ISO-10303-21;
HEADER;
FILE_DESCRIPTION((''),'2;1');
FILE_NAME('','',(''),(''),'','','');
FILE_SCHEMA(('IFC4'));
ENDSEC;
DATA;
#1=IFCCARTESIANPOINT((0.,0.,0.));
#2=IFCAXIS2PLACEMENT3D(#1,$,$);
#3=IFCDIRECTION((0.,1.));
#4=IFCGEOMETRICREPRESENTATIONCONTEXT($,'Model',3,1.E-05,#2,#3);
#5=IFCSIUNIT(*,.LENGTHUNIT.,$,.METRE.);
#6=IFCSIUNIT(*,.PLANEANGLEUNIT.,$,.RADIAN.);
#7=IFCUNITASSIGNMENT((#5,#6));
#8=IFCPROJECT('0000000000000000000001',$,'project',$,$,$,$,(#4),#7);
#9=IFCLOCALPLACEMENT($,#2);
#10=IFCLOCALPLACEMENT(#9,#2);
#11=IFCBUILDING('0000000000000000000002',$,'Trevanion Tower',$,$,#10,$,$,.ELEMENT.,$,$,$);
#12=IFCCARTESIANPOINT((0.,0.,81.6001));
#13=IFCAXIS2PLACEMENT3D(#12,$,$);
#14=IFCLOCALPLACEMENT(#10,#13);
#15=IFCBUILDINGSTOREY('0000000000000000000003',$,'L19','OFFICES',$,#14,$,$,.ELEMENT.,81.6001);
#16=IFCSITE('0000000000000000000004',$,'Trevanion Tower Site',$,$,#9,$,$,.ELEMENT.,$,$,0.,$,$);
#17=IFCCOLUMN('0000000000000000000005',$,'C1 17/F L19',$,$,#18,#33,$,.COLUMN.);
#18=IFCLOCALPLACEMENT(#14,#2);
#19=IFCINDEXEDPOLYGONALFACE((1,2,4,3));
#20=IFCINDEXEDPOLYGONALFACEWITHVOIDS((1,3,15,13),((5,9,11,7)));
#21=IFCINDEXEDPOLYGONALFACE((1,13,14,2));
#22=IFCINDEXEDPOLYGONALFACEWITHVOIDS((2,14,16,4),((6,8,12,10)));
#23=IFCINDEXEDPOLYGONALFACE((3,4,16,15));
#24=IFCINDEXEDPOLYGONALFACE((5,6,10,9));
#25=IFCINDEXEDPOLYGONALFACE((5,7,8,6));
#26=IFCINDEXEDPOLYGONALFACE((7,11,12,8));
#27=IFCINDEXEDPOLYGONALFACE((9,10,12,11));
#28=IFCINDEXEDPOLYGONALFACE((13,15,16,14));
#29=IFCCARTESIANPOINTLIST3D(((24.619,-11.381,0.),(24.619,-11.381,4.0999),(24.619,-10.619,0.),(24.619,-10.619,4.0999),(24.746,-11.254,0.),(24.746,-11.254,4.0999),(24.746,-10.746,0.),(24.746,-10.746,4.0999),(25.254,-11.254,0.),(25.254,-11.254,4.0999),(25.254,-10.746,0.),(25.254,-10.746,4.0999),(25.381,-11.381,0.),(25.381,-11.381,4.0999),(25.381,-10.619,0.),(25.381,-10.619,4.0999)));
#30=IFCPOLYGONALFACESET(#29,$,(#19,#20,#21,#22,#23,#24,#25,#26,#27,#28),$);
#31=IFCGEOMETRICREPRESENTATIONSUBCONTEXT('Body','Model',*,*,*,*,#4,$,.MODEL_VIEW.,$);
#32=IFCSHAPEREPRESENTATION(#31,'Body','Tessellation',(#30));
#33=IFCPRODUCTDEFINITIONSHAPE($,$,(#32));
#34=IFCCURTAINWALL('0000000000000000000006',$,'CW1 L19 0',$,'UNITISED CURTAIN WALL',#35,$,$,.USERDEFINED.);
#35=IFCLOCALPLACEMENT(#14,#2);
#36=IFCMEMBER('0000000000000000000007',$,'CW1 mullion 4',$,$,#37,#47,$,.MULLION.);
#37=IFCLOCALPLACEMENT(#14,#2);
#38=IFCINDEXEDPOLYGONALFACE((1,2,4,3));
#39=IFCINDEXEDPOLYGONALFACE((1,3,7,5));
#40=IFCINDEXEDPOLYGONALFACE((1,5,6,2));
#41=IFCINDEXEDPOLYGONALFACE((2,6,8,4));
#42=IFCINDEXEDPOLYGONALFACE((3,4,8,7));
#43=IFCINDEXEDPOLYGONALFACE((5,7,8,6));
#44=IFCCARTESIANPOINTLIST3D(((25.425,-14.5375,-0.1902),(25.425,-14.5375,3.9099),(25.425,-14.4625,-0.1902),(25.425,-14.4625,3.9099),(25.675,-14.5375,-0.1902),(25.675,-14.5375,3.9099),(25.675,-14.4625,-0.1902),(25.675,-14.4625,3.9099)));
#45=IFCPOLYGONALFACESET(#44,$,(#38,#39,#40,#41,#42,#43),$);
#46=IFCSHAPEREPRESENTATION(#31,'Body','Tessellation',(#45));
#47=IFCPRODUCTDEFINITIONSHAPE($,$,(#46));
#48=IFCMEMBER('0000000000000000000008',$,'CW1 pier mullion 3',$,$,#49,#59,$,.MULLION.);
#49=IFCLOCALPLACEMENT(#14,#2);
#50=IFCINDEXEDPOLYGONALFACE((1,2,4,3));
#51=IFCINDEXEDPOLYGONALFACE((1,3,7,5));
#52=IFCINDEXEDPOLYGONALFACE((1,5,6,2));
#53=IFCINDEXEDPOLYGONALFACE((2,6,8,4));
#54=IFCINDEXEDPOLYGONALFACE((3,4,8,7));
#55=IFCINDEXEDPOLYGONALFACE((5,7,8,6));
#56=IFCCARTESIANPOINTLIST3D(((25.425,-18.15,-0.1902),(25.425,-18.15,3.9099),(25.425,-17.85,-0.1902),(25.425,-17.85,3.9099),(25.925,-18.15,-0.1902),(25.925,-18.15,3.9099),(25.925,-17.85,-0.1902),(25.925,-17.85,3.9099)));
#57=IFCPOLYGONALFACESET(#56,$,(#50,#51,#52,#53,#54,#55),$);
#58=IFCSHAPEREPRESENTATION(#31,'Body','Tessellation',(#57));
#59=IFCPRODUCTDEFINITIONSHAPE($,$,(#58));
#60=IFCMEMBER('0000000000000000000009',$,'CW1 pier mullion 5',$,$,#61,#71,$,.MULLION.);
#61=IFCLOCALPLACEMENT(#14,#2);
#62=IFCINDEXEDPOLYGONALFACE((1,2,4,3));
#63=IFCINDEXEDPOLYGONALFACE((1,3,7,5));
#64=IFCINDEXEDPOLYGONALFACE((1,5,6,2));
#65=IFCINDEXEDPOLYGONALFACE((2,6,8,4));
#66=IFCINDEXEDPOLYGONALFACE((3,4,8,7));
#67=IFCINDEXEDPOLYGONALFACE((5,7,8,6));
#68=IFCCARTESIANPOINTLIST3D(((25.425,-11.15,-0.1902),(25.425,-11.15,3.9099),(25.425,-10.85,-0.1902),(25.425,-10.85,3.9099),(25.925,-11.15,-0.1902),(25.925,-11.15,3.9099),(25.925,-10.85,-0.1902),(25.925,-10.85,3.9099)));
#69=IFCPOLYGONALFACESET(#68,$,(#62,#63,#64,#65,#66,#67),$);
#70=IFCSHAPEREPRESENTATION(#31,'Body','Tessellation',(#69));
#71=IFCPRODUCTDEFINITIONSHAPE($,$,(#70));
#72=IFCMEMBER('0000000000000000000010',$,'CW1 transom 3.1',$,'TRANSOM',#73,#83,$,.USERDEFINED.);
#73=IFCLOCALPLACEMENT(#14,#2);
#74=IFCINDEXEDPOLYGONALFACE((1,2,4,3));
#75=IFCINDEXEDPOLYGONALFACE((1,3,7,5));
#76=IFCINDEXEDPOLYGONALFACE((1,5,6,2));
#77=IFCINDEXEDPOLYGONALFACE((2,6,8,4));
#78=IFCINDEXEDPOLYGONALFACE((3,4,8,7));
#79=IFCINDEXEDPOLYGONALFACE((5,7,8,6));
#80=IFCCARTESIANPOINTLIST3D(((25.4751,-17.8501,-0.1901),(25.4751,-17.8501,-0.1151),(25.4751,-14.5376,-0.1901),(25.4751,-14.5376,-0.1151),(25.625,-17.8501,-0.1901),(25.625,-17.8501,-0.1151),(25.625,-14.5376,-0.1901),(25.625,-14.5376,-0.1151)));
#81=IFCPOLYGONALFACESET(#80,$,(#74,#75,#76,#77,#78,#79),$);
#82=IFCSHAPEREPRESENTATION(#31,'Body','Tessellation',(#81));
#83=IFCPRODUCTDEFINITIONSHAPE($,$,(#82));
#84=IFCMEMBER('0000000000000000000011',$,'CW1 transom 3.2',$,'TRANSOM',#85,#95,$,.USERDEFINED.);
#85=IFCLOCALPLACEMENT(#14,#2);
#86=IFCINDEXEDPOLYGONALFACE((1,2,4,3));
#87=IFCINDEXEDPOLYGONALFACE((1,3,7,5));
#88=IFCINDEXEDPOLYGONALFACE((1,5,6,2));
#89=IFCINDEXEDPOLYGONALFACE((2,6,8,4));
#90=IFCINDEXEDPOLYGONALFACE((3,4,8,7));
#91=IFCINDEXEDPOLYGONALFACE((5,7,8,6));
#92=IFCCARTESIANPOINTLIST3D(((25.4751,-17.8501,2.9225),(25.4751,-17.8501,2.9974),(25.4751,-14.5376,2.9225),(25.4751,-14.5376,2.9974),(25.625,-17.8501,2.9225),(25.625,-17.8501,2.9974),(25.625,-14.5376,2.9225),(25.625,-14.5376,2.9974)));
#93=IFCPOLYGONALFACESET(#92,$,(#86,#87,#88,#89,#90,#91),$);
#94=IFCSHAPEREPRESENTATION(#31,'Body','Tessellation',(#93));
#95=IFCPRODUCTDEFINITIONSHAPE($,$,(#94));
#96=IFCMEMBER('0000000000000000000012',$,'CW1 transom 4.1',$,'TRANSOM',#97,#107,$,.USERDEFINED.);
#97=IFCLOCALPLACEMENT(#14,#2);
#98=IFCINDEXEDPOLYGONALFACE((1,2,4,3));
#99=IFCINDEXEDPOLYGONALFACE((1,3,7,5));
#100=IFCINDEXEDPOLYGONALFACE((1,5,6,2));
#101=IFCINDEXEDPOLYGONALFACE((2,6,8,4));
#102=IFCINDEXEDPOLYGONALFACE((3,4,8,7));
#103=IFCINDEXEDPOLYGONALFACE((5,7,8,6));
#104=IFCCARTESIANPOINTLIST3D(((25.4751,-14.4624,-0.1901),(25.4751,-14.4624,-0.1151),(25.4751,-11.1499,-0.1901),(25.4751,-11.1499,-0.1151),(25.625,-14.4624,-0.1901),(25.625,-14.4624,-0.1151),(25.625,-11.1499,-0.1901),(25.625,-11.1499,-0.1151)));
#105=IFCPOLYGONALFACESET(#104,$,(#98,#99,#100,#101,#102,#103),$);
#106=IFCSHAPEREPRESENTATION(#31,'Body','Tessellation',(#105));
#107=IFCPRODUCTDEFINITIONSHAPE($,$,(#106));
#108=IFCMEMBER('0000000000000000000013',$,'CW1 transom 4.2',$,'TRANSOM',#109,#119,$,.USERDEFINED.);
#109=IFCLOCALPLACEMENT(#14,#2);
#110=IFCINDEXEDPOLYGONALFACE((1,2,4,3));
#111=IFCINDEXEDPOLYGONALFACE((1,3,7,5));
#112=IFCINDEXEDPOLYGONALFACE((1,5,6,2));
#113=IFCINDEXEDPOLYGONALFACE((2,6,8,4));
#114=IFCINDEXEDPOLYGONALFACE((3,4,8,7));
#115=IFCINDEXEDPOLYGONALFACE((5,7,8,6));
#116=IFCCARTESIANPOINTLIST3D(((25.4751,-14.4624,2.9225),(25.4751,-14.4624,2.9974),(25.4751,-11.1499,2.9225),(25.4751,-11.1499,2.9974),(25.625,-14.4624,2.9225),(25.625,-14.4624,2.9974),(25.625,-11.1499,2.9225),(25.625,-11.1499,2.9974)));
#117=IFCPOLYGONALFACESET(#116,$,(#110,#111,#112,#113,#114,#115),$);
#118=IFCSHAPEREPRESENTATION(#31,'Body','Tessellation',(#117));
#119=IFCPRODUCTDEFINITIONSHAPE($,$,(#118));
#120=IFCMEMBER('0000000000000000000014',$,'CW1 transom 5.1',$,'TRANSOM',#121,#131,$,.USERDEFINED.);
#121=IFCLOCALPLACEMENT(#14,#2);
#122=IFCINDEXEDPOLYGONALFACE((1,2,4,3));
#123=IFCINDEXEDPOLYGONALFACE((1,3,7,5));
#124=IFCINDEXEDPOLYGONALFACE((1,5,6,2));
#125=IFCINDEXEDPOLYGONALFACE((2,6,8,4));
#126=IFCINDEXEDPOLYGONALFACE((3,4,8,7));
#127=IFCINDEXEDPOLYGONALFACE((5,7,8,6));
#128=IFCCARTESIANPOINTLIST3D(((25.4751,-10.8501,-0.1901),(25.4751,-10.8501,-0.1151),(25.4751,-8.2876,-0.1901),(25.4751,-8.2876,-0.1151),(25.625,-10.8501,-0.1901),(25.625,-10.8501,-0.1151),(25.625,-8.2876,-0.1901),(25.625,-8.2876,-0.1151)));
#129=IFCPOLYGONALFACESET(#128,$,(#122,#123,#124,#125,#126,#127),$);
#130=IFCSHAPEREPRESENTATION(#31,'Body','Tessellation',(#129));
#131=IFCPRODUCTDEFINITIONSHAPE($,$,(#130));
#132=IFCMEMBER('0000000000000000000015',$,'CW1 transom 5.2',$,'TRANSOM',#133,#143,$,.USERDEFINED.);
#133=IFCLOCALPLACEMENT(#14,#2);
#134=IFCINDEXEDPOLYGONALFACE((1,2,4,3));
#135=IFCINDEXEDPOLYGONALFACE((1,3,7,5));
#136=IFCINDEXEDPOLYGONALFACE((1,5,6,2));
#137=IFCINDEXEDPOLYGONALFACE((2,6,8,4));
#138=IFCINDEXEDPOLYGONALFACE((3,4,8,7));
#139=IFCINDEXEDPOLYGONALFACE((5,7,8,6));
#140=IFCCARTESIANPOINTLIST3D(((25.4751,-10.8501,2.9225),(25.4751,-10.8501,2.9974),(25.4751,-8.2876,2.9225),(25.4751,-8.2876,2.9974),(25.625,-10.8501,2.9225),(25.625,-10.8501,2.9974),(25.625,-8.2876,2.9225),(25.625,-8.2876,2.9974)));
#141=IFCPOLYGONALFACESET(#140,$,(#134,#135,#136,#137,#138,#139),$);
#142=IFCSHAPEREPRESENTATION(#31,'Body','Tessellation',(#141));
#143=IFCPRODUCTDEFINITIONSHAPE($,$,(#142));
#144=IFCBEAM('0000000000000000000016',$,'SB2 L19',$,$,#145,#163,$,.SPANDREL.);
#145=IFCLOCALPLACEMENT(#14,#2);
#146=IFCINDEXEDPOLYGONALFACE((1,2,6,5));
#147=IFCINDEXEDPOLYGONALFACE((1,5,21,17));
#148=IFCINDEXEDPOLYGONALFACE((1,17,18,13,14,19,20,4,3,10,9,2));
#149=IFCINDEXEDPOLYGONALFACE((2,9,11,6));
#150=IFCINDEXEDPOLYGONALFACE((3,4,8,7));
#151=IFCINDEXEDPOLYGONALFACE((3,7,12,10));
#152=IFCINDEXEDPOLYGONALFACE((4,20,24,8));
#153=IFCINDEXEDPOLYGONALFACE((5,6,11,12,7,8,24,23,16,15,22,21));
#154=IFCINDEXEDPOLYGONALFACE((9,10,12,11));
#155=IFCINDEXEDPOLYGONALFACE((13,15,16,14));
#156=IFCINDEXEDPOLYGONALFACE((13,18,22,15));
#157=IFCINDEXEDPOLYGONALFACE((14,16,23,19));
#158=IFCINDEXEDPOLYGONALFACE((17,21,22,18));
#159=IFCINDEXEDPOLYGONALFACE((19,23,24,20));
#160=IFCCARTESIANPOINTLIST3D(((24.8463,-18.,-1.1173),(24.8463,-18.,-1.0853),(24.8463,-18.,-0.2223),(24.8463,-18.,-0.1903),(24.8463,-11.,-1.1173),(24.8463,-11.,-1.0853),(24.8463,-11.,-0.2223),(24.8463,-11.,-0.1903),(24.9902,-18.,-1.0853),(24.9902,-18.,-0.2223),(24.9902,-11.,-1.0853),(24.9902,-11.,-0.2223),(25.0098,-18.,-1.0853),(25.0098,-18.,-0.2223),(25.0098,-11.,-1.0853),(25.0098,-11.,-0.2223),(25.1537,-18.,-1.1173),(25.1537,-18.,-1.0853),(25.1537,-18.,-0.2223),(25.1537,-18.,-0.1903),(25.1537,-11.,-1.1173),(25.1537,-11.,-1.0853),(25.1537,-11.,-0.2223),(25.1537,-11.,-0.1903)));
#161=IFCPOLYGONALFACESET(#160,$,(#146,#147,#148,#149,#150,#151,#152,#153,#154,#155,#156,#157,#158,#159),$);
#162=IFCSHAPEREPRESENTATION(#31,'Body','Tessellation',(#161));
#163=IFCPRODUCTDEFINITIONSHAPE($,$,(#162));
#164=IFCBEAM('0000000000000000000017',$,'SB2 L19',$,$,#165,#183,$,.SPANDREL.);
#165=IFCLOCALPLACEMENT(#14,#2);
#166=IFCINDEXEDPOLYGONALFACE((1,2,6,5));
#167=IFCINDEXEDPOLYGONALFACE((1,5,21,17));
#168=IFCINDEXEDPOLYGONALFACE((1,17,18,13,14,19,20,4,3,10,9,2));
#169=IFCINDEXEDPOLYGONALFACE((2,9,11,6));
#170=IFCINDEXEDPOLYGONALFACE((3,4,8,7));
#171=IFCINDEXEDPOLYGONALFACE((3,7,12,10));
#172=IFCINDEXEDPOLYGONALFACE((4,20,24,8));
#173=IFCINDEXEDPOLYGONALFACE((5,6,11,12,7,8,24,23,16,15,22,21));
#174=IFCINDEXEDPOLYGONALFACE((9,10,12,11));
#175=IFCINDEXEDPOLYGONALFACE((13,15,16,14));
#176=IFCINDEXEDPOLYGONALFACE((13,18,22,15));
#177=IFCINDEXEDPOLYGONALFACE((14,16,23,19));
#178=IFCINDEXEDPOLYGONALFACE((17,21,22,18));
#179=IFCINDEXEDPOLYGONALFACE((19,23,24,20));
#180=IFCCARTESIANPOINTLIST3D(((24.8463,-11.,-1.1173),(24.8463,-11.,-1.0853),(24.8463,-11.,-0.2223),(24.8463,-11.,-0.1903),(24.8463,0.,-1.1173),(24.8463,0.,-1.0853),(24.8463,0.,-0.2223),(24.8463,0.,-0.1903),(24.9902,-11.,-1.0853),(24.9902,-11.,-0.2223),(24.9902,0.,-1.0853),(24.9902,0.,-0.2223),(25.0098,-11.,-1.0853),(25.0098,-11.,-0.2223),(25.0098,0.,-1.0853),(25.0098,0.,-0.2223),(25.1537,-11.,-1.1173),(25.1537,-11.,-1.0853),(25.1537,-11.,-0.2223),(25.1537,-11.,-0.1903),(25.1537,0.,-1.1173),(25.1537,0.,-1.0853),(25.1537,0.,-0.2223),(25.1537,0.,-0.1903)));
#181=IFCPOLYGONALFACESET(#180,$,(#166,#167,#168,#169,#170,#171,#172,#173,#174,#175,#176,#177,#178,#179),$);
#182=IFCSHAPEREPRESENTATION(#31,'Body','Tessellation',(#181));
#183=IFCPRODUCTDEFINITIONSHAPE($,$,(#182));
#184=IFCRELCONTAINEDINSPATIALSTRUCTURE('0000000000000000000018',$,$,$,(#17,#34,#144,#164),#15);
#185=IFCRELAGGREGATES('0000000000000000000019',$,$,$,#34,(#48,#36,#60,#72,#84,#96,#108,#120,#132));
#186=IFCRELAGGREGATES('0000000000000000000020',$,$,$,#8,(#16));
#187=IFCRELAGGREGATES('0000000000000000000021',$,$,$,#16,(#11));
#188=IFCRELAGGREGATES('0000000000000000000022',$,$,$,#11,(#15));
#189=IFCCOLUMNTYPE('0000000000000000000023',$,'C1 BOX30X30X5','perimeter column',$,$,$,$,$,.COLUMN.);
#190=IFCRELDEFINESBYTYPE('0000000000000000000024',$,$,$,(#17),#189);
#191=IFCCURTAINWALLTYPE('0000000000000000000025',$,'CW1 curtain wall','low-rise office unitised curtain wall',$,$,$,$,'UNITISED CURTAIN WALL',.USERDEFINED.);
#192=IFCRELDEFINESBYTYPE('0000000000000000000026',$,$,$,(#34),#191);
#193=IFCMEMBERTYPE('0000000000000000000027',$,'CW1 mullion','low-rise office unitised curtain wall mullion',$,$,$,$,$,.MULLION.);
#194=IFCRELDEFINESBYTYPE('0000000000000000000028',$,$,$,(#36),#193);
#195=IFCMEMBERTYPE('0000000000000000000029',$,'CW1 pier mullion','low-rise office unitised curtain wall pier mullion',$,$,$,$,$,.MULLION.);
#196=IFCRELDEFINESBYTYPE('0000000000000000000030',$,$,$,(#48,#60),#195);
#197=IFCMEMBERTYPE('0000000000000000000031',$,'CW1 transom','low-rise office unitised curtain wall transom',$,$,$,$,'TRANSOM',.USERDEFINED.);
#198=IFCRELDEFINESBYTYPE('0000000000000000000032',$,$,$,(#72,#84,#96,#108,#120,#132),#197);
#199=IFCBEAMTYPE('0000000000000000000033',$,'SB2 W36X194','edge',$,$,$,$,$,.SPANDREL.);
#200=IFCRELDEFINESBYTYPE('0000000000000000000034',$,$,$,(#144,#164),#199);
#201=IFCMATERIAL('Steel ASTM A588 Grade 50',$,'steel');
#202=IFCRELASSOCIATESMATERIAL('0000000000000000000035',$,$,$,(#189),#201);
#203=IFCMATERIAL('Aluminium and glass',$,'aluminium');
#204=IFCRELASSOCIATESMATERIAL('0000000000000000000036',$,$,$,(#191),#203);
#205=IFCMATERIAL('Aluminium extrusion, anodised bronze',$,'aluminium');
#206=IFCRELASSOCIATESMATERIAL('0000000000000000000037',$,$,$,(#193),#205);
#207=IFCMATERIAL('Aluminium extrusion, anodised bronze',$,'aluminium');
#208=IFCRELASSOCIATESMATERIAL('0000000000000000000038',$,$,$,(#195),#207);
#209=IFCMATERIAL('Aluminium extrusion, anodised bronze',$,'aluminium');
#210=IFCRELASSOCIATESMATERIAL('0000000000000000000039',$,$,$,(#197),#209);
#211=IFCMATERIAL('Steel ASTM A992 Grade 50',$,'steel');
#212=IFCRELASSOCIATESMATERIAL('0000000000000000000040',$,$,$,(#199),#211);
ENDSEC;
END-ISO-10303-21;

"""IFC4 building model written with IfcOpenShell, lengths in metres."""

from ifc_helpers import new_model, si_unit, direction, frame, origin, origin_2d, place, context, subcontext, project, spatial, rectangle, hollow_rectangle, i_section, extrude, material, material_profile, profile_set, type_object, element, aggregate, save


model = new_model("IFC4")

# Units and contexts
model_context = context("Model", 3, precision=1e-05, world=origin(), true_north=direction((0.0, 1.0)))
body_context = subcontext(model_context, "Body", "Model", "MODEL_VIEW")
ifc_project = project(units=[si_unit("LENGTHUNIT", "METRE"), si_unit("PLANEANGLEUNIT", "RADIAN")], contexts=[model_context])

# Site, building, storey
site_placement = place(None, origin())
site = spatial("IfcSite", under=ifc_project, at=site_placement, Name="Trevanion Tower Site", CompositionType="ELEMENT", RefElevation=0.0)
building_placement = place(site_placement, origin())
building = spatial("IfcBuilding", under=site, at=building_placement, Name="Trevanion Tower", CompositionType="ELEMENT")
storey_placement = place(building_placement, frame((0.0, 0.0, 81.6001)))
storey = spatial("IfcBuildingStorey", under=building, at=storey_placement, Name="L19", Description="OFFICES", CompositionType="ELEMENT", Elevation=81.6001)

# Column
ifc_material_1 = material(Name="Steel ASTM A588 Grade 50", Category="steel")
ifc_material_profile_1 = material_profile(ifc_material_1, hollow_rectangle(XDim=0.762, YDim=0.762, WallThickness=0.127, at=origin_2d()), Name="BOX30X30X5")
ifc_profile_set_1 = profile_set([ifc_material_profile_1], Name="Steel ASTM A588 Grade 50")
column_type = type_object("IfcColumnType", Name="C1 BOX30X30X5", Description="perimeter column", PredefinedType="COLUMN", material=ifc_profile_set_1)
column_placement = place(storey_placement, frame((25.0, -11.0, 0.0), z_axis=(0.0, 0.0, 1.0), x_axis=(0.0, 1.0, 0.0)))
element("IfcColumn", 1, at=column_placement, inside=storey, type_object=column_type, Name="C1 17/F L19", PredefinedType="COLUMN", context=body_context, shape_type="SweptSolid", body=[
    extrude(hollow_rectangle(XDim=0.762, YDim=0.762, WallThickness=0.127, at=origin_2d()), origin(), (0.0, 0.0, 1.0), 4.0999),
])

# Curtain wall, members
ifc_material_2 = material(Name="Aluminium and glass", Category="aluminium")
curtain_wall_type = type_object("IfcCurtainWallType", Name="CW1 curtain wall", Description="low-rise office unitised curtain wall", ElementType="UNITISED CURTAIN WALL", PredefinedType="USERDEFINED", material=ifc_material_2)
curtain_wall_placement = place(storey_placement, origin())
curtain_wall = element("IfcCurtainWall", 2, at=curtain_wall_placement, inside=storey, type_object=curtain_wall_type, Name="CW1 L19 0", ObjectType="UNITISED CURTAIN WALL", PredefinedType="USERDEFINED")
ifc_material_3 = material(Name="Aluminium extrusion, anodised bronze", Category="aluminium")
ifc_material_profile_2 = material_profile(ifc_material_3, rectangle(XDim=0.075, YDim=0.25, at=origin_2d()), Name="CW1 mullion")
ifc_profile_set_2 = profile_set([ifc_material_profile_2], Name="Aluminium extrusion, anodised bronze")
member_type_1 = type_object("IfcMemberType", Name="CW1 mullion", Description="low-rise office unitised curtain wall mullion", PredefinedType="MULLION", material=ifc_profile_set_2)
member_1_placement = place(storey_placement, frame((25.55, -14.5, -0.1902), z_axis=(0.0, 0.0, 1.0), x_axis=(0.0, 1.0, 0.0)))
member_1 = element("IfcMember", 3, at=member_1_placement, type_object=member_type_1, Name="CW1 mullion 4", PredefinedType="MULLION", context=body_context, shape_type="SweptSolid", body=[
    extrude(rectangle(XDim=0.075, YDim=0.25, at=origin_2d()), origin(), (0.0, 0.0, 1.0), 4.1001),
])
ifc_material_4 = material(Name="Aluminium extrusion, anodised bronze", Category="aluminium")
ifc_material_profile_3 = material_profile(ifc_material_4, rectangle(XDim=0.3, YDim=0.5, at=origin_2d()), Name="CW1 pier mullion")
ifc_profile_set_3 = profile_set([ifc_material_profile_3], Name="Aluminium extrusion, anodised bronze")
member_type_2 = type_object("IfcMemberType", Name="CW1 pier mullion", Description="low-rise office unitised curtain wall pier mullion", PredefinedType="MULLION", material=ifc_profile_set_3)
member_2_placement = place(storey_placement, frame((25.675, -18.0, -0.1902), z_axis=(0.0, 0.0, 1.0), x_axis=(0.0, 1.0, 0.0)))
member_2 = element("IfcMember", 4, at=member_2_placement, type_object=member_type_2, Name="CW1 pier mullion 3", PredefinedType="MULLION", context=body_context, shape_type="SweptSolid", body=[
    extrude(rectangle(XDim=0.3, YDim=0.5, at=origin_2d()), origin(), (0.0, 0.0, 1.0), 4.1001),
])
member_3_placement = place(storey_placement, frame((25.675, -11.0, -0.1902), z_axis=(0.0, 0.0, 1.0), x_axis=(0.0, 1.0, 0.0)))
member_3 = element("IfcMember", 5, at=member_3_placement, type_object=member_type_2, Name="CW1 pier mullion 5", PredefinedType="MULLION", context=body_context, shape_type="SweptSolid", body=[
    extrude(rectangle(XDim=0.3, YDim=0.5, at=origin_2d()), origin(), (0.0, 0.0, 1.0), 4.1001),
])
ifc_material_5 = material(Name="Aluminium extrusion, anodised bronze", Category="aluminium")
ifc_material_profile_4 = material_profile(ifc_material_5, rectangle(XDim=0.1499, YDim=0.075, at=origin_2d()), Name="CW1 transom")
ifc_profile_set_4 = profile_set([ifc_material_profile_4], Name="Aluminium extrusion, anodised bronze")
member_type_3 = type_object("IfcMemberType", Name="CW1 transom", Description="low-rise office unitised curtain wall transom", ElementType="TRANSOM", PredefinedType="USERDEFINED", material=ifc_profile_set_4)
member_4_placement = place(storey_placement, frame((25.55, -17.8501, -0.1526), z_axis=(0.0, 1.0, 0.0), x_axis=(-1.0, 0.0, 0.0)))
member_4 = element("IfcMember", 6, at=member_4_placement, type_object=member_type_3, Name="CW1 transom 3.1", ObjectType="TRANSOM", PredefinedType="USERDEFINED", context=body_context, shape_type="SweptSolid", body=[
    extrude(rectangle(XDim=0.1499, YDim=0.075, at=origin_2d()), origin(), (0.0, 0.0, 1.0), 3.3125),
])
member_5_placement = place(storey_placement, frame((25.55, -17.8501, 2.96), z_axis=(0.0, 1.0, 0.0), x_axis=(-1.0, 0.0, 0.0)))
member_5 = element("IfcMember", 7, at=member_5_placement, type_object=member_type_3, Name="CW1 transom 3.2", ObjectType="TRANSOM", PredefinedType="USERDEFINED", context=body_context, shape_type="SweptSolid", body=[
    extrude(rectangle(XDim=0.1499, YDim=0.075, at=origin_2d()), origin(), (0.0, 0.0, 1.0), 3.3125),
])
member_6_placement = place(storey_placement, frame((25.55, -14.4624, -0.1526), z_axis=(0.0, 1.0, 0.0), x_axis=(-1.0, 0.0, 0.0)))
member_6 = element("IfcMember", 8, at=member_6_placement, type_object=member_type_3, Name="CW1 transom 4.1", ObjectType="TRANSOM", PredefinedType="USERDEFINED", context=body_context, shape_type="SweptSolid", body=[
    extrude(rectangle(XDim=0.1499, YDim=0.075, at=origin_2d()), origin(), (0.0, 0.0, 1.0), 3.3125),
])
member_7_placement = place(storey_placement, frame((25.55, -14.4624, 2.96), z_axis=(0.0, 1.0, 0.0), x_axis=(-1.0, 0.0, 0.0)))
member_7 = element("IfcMember", 9, at=member_7_placement, type_object=member_type_3, Name="CW1 transom 4.2", ObjectType="TRANSOM", PredefinedType="USERDEFINED", context=body_context, shape_type="SweptSolid", body=[
    extrude(rectangle(XDim=0.1499, YDim=0.075, at=origin_2d()), origin(), (0.0, 0.0, 1.0), 3.3125),
])
member_8_placement = place(storey_placement, frame((25.55, -10.8501, -0.1526), z_axis=(0.0, 1.0, 0.0), x_axis=(-1.0, 0.0, 0.0)))
member_8 = element("IfcMember", 10, at=member_8_placement, type_object=member_type_3, Name="CW1 transom 5.1", ObjectType="TRANSOM", PredefinedType="USERDEFINED", context=body_context, shape_type="SweptSolid", body=[
    extrude(rectangle(XDim=0.1499, YDim=0.075, at=origin_2d()), origin(), (0.0, 0.0, 1.0), 2.5625),
])
member_9_placement = place(storey_placement, frame((25.55, -10.8501, 2.96), z_axis=(0.0, 1.0, 0.0), x_axis=(-1.0, 0.0, 0.0)))
member_9 = element("IfcMember", 11, at=member_9_placement, type_object=member_type_3, Name="CW1 transom 5.2", ObjectType="TRANSOM", PredefinedType="USERDEFINED", context=body_context, shape_type="SweptSolid", body=[
    extrude(rectangle(XDim=0.1499, YDim=0.075, at=origin_2d()), origin(), (0.0, 0.0, 1.0), 2.5625),
])

# Beams
ifc_material_6 = material(Name="Steel ASTM A992 Grade 50", Category="steel")
ifc_material_profile_5 = material_profile(ifc_material_6, i_section(OverallWidth=0.3074, OverallDepth=0.927, WebThickness=0.0195, FlangeThickness=0.032, at=origin_2d()), Name="W36X194")
ifc_profile_set_5 = profile_set([ifc_material_profile_5], Name="Steel ASTM A992 Grade 50")
beam_type = type_object("IfcBeamType", Name="SB2 W36X194", Description="edge", PredefinedType="SPANDREL", material=ifc_profile_set_5)
beam_1_placement = place(storey_placement, frame((25.0, -18.0, -0.6538), z_axis=(0.0, 1.0, 0.0), x_axis=(-1.0, 0.0, 0.0)))
element("IfcBeam", 12, at=beam_1_placement, inside=storey, type_object=beam_type, Name="SB2 L19", PredefinedType="SPANDREL", context=body_context, shape_type="SweptSolid", body=[
    extrude(i_section(OverallWidth=0.3074, OverallDepth=0.927, WebThickness=0.0195, FlangeThickness=0.032, at=origin_2d()), origin(), (0.0, 0.0, 1.0), 7.0),
])
beam_2_placement = place(storey_placement, frame((25.0, -11.0, -0.6538), z_axis=(0.0, 1.0, 0.0), x_axis=(-1.0, 0.0, 0.0)))
element("IfcBeam", 13, at=beam_2_placement, inside=storey, type_object=beam_type, Name="SB2 L19", PredefinedType="SPANDREL", context=body_context, shape_type="SweptSolid", body=[
    extrude(i_section(OverallWidth=0.3074, OverallDepth=0.927, WebThickness=0.0195, FlangeThickness=0.032, at=origin_2d()), origin(), (0.0, 0.0, 1.0), 11.0),
])

aggregate(curtain_wall, [member_2, member_1, member_3, member_4, member_5, member_6, member_7, member_8, member_9])

save(model, "model.ifc")
